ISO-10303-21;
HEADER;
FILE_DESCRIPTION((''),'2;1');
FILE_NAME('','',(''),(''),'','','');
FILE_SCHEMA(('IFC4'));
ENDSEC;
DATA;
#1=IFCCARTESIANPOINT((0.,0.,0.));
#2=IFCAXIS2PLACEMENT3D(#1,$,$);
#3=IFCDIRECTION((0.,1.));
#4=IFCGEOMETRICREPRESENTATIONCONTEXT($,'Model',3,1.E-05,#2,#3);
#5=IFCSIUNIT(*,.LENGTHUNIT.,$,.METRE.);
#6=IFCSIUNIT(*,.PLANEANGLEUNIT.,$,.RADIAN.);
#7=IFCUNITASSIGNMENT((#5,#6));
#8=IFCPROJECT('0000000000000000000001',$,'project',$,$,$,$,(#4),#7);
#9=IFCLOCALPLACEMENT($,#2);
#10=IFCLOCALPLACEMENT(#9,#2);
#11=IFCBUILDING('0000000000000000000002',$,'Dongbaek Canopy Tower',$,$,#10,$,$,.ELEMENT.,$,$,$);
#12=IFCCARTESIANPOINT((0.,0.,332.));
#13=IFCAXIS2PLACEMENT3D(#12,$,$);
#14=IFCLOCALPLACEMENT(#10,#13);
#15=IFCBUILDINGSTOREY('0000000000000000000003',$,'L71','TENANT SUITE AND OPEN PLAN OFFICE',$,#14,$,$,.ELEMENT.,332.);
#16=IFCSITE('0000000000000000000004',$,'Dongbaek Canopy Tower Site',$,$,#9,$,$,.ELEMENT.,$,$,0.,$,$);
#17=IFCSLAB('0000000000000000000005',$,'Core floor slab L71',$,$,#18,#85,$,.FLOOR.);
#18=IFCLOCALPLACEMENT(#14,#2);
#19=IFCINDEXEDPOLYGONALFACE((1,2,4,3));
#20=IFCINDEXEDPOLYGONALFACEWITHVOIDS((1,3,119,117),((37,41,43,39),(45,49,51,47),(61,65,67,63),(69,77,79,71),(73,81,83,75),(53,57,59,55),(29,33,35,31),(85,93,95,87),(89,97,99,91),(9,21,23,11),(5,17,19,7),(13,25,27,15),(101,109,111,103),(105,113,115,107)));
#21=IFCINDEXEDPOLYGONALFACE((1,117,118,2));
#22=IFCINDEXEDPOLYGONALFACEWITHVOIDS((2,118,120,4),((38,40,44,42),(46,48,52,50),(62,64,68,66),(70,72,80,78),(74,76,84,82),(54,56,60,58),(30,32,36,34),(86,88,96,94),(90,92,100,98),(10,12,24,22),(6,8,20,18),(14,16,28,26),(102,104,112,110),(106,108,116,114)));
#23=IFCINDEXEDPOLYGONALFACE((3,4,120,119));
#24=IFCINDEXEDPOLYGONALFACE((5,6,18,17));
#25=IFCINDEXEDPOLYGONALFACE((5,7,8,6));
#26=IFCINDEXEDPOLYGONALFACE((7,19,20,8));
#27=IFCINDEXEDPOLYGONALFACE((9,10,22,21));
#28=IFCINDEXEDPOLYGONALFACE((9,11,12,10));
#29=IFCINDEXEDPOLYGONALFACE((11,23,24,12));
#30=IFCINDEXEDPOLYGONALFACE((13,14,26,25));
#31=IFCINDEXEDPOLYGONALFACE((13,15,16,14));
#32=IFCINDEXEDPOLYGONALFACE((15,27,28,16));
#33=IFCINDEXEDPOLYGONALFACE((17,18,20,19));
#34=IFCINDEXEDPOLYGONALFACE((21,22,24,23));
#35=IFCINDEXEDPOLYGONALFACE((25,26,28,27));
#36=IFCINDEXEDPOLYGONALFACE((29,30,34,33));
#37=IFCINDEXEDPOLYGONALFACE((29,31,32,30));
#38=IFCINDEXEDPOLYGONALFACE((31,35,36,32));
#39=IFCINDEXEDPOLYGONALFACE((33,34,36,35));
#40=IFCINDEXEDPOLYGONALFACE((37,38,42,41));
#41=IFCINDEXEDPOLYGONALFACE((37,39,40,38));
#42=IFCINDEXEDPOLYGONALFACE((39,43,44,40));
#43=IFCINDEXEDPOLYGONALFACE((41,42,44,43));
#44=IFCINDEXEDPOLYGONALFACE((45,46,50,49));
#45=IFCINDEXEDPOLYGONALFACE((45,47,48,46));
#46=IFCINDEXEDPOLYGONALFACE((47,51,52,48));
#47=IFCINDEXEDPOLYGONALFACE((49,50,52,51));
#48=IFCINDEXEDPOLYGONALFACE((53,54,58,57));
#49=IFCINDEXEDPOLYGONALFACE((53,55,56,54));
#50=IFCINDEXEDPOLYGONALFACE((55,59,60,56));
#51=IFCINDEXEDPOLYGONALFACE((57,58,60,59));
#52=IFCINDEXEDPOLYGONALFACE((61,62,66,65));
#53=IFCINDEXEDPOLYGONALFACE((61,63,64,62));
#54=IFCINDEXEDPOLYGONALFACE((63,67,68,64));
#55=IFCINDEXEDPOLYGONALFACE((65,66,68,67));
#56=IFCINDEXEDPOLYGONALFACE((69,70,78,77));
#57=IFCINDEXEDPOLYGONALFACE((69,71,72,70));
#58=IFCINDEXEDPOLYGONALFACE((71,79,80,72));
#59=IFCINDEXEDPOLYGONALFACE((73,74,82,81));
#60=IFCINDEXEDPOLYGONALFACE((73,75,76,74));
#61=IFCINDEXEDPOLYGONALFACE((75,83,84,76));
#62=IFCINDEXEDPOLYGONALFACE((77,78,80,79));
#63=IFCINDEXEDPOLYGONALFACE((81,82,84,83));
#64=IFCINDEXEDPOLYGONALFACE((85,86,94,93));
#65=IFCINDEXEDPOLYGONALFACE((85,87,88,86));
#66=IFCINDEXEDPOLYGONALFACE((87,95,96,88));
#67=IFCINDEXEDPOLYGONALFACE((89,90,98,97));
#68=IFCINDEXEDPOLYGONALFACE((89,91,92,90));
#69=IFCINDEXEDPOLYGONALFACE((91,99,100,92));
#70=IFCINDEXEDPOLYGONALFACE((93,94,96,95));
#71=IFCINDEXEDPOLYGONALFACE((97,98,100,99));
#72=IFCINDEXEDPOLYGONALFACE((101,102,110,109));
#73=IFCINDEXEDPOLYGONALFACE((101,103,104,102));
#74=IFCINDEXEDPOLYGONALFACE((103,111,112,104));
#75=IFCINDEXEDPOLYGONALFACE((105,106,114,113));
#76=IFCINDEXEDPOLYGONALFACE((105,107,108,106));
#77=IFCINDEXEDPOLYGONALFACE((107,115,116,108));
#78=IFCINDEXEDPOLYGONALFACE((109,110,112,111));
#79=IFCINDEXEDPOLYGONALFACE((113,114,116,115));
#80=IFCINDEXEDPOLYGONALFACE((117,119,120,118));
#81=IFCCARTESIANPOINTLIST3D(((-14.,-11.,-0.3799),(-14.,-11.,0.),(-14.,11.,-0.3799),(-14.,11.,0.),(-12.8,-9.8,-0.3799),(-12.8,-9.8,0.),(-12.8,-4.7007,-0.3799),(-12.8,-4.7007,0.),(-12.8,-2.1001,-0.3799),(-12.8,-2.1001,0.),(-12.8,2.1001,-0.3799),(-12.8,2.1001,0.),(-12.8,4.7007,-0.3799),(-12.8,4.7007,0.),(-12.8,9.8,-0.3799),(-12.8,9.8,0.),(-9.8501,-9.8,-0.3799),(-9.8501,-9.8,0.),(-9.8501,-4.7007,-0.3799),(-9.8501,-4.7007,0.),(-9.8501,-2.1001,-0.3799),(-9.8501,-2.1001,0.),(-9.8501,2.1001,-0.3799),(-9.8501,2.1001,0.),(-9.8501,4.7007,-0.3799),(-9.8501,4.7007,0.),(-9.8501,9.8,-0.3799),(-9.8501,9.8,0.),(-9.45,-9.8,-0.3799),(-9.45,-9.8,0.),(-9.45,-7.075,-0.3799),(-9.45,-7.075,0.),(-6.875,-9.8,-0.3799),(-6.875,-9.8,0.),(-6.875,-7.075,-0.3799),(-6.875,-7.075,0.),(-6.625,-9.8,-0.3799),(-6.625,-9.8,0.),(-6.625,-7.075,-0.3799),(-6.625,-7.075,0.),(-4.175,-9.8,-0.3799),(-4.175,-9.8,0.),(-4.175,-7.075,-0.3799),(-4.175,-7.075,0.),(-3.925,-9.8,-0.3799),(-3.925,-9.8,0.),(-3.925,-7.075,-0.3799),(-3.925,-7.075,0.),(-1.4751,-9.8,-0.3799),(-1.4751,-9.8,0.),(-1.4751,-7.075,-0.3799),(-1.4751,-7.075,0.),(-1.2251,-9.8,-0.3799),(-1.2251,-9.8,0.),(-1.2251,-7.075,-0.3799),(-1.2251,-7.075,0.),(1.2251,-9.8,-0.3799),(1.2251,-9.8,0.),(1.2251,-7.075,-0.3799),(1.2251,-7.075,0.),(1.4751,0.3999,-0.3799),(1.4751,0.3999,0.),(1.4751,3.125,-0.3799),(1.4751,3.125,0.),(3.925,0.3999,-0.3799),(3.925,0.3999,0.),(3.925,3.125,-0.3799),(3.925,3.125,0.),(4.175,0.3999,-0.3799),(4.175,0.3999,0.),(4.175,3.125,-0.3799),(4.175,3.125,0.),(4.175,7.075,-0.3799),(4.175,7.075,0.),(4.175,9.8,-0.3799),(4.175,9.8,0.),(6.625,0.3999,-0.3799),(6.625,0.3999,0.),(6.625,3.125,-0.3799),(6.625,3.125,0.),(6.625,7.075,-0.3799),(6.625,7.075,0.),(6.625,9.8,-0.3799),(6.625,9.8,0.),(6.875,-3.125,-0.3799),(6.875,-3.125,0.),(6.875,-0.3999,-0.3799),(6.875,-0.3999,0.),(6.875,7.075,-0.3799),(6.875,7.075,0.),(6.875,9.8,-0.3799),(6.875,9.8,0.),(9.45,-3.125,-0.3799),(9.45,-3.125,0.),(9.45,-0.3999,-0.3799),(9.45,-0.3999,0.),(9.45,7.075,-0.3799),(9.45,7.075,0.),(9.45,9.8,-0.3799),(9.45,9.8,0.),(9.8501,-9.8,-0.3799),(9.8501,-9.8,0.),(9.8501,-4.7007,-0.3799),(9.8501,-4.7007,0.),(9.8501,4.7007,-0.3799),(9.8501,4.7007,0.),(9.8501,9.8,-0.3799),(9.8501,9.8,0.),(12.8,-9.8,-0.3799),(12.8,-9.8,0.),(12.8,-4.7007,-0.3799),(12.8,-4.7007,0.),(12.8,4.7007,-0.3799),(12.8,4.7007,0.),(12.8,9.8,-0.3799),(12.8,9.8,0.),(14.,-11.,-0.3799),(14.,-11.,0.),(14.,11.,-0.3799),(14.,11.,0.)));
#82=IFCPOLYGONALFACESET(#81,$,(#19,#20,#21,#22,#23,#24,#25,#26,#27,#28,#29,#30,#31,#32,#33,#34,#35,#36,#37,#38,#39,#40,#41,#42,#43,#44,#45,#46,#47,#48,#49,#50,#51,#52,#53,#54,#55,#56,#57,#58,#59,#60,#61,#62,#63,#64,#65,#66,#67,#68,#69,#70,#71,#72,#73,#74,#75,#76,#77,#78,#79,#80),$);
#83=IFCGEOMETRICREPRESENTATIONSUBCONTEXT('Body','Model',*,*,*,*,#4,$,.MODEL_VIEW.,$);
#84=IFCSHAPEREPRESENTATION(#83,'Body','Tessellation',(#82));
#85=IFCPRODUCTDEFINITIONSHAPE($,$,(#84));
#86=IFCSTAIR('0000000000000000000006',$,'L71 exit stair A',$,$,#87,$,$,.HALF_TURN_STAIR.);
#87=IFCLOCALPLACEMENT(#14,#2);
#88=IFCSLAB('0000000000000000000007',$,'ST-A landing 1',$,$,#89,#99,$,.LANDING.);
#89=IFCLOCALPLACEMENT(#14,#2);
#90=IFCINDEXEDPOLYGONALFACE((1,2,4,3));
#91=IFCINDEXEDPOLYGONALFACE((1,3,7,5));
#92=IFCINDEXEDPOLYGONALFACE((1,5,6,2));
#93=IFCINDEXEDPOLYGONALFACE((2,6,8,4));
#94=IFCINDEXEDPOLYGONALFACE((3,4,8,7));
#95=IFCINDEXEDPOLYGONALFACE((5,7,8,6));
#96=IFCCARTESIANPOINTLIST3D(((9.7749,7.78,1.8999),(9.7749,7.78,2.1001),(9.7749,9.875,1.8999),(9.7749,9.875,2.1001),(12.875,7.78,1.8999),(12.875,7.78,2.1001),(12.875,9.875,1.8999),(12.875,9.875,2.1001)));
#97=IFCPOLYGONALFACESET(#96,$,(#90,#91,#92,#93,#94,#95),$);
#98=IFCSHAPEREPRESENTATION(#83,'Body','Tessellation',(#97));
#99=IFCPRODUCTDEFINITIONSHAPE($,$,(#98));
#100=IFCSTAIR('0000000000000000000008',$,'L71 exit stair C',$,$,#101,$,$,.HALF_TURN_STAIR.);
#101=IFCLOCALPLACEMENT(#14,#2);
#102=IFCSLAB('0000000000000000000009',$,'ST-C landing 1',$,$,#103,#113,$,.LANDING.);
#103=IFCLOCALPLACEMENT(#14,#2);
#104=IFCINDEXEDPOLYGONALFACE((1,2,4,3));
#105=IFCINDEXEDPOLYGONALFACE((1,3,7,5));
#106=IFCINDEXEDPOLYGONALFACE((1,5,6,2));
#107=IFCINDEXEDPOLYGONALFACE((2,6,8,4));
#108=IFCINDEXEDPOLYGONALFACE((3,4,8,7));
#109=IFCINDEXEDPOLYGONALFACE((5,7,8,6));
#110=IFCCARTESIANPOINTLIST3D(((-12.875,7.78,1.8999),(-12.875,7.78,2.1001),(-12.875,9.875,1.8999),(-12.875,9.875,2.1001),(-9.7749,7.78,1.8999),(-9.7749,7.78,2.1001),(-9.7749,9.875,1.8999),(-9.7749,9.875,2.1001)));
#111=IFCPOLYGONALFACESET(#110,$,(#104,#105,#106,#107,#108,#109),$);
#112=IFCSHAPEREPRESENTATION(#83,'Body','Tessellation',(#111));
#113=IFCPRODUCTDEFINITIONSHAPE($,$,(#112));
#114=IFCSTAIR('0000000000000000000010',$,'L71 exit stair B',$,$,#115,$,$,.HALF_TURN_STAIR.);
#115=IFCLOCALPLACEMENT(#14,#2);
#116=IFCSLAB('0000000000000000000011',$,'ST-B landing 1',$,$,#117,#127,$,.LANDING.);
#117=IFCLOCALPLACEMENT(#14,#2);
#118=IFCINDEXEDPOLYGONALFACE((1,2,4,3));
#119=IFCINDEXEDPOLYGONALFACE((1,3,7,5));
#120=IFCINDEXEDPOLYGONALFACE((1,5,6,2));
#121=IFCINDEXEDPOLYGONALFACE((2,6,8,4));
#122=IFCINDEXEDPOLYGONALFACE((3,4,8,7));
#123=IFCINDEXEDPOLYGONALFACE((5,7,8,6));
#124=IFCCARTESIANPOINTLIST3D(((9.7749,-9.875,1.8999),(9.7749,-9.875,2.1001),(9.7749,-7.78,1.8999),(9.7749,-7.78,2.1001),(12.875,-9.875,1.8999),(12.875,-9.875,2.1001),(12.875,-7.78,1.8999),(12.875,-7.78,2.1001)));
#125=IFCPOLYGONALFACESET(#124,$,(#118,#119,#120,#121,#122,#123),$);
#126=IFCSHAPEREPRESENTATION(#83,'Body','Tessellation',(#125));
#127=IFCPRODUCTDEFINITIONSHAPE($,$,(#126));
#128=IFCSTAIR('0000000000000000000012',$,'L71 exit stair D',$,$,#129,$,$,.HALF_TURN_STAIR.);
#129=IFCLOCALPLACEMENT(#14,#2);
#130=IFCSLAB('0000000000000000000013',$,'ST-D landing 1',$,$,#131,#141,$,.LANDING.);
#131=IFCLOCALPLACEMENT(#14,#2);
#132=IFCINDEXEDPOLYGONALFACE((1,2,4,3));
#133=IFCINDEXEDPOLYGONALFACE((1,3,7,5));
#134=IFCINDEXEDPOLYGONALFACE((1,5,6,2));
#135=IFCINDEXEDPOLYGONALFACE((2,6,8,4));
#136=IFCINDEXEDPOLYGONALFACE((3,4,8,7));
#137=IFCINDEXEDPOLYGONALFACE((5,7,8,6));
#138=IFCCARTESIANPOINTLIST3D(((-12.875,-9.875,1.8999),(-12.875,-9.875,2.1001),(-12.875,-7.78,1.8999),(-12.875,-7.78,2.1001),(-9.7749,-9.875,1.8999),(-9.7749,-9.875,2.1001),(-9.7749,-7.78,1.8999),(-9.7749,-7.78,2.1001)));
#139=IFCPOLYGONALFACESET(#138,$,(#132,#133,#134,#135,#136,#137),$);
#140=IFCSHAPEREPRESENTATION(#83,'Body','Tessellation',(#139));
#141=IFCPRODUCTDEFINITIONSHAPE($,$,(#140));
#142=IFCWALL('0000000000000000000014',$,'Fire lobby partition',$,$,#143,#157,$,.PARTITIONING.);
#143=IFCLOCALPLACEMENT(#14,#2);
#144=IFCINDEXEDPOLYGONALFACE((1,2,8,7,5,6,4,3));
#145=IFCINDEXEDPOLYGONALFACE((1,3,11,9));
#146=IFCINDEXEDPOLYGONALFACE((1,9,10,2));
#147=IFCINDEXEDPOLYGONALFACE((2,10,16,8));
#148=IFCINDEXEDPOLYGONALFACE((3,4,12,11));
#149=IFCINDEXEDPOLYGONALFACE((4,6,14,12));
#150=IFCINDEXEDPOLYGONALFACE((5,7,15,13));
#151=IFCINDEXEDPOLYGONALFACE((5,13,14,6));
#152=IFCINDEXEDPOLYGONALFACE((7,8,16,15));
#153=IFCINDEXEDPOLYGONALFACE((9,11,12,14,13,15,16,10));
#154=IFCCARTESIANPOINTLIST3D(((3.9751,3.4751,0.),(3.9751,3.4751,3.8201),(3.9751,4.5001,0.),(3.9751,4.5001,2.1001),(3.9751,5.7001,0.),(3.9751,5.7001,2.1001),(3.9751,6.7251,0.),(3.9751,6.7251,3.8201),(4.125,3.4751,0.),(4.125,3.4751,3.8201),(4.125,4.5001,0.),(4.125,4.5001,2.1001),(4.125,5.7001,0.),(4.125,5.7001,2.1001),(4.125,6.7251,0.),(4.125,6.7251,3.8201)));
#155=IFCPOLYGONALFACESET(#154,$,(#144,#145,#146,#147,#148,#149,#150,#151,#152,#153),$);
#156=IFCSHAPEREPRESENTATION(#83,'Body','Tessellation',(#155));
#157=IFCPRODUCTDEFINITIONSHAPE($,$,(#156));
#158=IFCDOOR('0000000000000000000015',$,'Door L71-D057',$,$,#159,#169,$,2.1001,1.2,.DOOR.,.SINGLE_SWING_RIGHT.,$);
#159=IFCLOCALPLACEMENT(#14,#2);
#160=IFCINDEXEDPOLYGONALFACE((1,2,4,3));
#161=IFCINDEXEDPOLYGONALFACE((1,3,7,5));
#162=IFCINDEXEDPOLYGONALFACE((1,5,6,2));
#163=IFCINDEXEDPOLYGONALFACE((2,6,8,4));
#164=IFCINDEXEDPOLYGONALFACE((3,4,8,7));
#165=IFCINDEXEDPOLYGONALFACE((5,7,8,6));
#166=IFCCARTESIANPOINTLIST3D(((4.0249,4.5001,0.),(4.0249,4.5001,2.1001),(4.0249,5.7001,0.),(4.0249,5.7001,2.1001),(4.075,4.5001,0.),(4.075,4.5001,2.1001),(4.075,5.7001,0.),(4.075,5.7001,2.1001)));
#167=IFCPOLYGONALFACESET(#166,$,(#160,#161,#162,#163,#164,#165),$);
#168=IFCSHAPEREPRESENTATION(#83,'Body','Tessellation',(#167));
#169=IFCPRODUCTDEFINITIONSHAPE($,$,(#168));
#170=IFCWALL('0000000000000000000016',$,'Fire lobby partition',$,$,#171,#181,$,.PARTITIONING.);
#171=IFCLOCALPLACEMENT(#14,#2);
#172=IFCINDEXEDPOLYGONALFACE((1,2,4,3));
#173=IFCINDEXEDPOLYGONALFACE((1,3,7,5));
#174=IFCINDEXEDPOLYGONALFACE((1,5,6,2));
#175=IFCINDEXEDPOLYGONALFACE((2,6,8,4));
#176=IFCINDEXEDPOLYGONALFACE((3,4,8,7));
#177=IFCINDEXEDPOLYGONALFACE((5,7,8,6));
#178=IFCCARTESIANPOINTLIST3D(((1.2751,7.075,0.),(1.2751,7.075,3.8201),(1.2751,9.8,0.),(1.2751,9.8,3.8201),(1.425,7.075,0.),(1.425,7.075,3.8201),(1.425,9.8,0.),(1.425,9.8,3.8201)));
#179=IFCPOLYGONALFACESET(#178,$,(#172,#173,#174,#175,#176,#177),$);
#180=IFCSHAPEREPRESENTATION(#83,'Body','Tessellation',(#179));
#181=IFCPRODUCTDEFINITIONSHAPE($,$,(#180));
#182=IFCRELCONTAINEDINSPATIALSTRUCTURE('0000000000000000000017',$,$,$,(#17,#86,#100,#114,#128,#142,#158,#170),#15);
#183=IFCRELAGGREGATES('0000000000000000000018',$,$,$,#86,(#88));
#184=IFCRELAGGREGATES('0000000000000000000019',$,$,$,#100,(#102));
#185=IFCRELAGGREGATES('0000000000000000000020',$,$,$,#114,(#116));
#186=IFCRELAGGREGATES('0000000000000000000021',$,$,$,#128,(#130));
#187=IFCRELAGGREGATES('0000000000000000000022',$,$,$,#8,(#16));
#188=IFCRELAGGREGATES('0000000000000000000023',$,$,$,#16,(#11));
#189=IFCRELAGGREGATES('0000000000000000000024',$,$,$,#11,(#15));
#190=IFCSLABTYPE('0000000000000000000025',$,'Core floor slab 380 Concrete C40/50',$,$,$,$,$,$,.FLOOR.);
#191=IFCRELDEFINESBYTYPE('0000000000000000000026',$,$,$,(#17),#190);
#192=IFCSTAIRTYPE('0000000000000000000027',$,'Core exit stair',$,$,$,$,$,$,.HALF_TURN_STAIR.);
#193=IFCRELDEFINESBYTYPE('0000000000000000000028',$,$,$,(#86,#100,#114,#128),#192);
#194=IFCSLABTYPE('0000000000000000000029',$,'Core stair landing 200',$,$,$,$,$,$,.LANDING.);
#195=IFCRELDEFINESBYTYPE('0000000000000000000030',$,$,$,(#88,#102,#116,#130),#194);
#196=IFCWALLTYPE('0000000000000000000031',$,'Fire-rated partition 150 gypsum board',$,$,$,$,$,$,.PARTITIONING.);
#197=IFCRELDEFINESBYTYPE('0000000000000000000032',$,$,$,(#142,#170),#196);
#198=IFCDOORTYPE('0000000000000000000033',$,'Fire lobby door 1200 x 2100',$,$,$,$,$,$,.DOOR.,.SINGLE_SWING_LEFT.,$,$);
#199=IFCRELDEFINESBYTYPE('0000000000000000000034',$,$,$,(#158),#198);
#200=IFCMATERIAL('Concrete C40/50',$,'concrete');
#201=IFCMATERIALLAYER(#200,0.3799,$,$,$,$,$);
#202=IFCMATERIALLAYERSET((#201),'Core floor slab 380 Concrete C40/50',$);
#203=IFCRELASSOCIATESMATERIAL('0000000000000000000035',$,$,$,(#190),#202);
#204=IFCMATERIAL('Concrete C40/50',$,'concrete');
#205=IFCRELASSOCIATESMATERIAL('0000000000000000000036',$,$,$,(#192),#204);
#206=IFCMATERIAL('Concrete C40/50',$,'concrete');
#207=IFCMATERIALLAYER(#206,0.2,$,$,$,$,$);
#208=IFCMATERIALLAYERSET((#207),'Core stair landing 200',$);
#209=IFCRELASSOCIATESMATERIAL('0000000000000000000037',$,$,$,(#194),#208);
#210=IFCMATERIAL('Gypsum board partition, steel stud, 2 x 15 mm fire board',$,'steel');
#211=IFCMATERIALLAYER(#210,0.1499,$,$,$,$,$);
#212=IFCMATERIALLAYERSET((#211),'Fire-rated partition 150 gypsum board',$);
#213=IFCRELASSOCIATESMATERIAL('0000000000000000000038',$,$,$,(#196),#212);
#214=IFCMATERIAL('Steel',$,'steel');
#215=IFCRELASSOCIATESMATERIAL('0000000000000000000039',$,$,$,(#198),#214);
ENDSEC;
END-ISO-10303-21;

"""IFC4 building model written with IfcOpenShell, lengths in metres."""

from ifc_helpers import new_model, si_unit, direction, frame, frame_2d, origin, place, context, subcontext, project, spatial, polyline, rectangle, outline, extrude, material, layer, layer_set, type_object, element, fill, aggregate, save


model = new_model("IFC4")

# Units and contexts
model_context = context("Model", 3, precision=1e-05, world=origin(), true_north=direction((0.0, 1.0)))
body_context = subcontext(model_context, "Body", "Model", "MODEL_VIEW")
ifc_project = project(units=[si_unit("LENGTHUNIT", "METRE"), si_unit("PLANEANGLEUNIT", "RADIAN")], contexts=[model_context])

# Site, building, storey
site_placement = place(None, origin())
site = spatial("IfcSite", under=ifc_project, at=site_placement, Name="Dongbaek Canopy Tower Site", CompositionType="ELEMENT", RefElevation=0.0)
building_placement = place(site_placement, origin())
building = spatial("IfcBuilding", under=site, at=building_placement, Name="Dongbaek Canopy Tower", CompositionType="ELEMENT")
storey_placement = place(building_placement, frame((0.0, 0.0, 332.0)))
storey = spatial("IfcBuildingStorey", under=building, at=storey_placement, Name="L71", Description="TENANT SUITE AND OPEN PLAN OFFICE", CompositionType="ELEMENT", Elevation=332.0)

# Slab
ifc_material_1 = material(Name="Concrete C40/50", Category="concrete")
ifc_layer_1 = layer(ifc_material_1, 0.3799)
ifc_layer_set_1 = layer_set([ifc_layer_1], Name="Core floor slab 380 Concrete C40/50")
slab_type_1 = type_object("IfcSlabType", Name="Core floor slab 380 Concrete C40/50", PredefinedType="FLOOR", material=ifc_layer_set_1)
slab_1_placement = place(storey_placement, frame((0.0, 0.0, -0.3799)))
element("IfcSlab", 1, at=slab_1_placement, inside=storey, type_object=slab_type_1, Name="Core floor slab L71", PredefinedType="FLOOR", context=body_context, shape_type="SweptSolid", body=[
    extrude(outline(polyline([(14.0, -11.0), (14.0, 11.0), (-14.0, 11.0), (-14.0, -11.0), (14.0, -11.0)]), holes=[polyline([(-12.8, 2.1001), (-9.8501, 2.1001), (-9.8501, -2.1001), (-12.8, -2.1001), (-12.8, 2.1001)]), polyline([(6.625, 9.8), (6.625, 7.075), (4.175, 7.075), (4.175, 9.8), (6.625, 9.8)]), polyline([(9.45, 7.075), (6.875, 7.075), (6.875, 9.8), (9.45, 9.8), (9.45, 7.075)]), polyline([(1.4751, 0.3999), (1.4751, 3.125), (3.925, 3.125), (3.925, 0.3999), (1.4751, 0.3999)]), polyline([(4.175, 0.3999), (4.175, 3.125), (6.625, 3.125), (6.625, 0.3999), (4.175, 0.3999)]), polyline([(9.45, -3.125), (6.875, -3.125), (6.875, -0.3999), (9.45, -0.3999), (9.45, -3.125)]), polyline([(-9.45, -7.075), (-6.875, -7.075), (-6.875, -9.8), (-9.45, -9.8), (-9.45, -7.075)]), polyline([(-6.625, -9.8), (-6.625, -7.075), (-4.175, -7.075), (-4.175, -9.8), (-6.625, -9.8)]), polyline([(-3.925, -9.8), (-3.925, -7.075), (-1.4751, -7.075), (-1.4751, -9.8), (-3.925, -9.8)]), polyline([(-1.2251, -9.8), (-1.2251, -7.075), (1.2251, -7.075), (1.2251, -9.8), (-1.2251, -9.8)]), polyline([(12.8, 4.7007), (12.8, 9.8), (9.8501, 9.8), (9.8501, 4.7007), (12.8, 4.7007)]), polyline([(-9.8501, 4.7007), (-9.8501, 9.8), (-12.8, 9.8), (-12.8, 4.7007), (-9.8501, 4.7007)]), polyline([(9.8501, -4.7007), (9.8501, -9.8), (12.8, -9.8), (12.8, -4.7007), (9.8501, -4.7007)]), polyline([(-12.8, -4.7007), (-12.8, -9.8), (-9.8501, -9.8), (-9.8501, -4.7007), (-12.8, -4.7007)])]), origin(), (0.0, 0.0, 1.0), 0.3799),
])

# Stairs, slabs
ifc_material_2 = material(Name="Concrete C40/50", Category="concrete")
stair_type = type_object("IfcStairType", Name="Core exit stair", PredefinedType="HALF_TURN_STAIR", material=ifc_material_2)
stair_1_placement = place(storey_placement, origin())
stair_1 = element("IfcStair", 2, at=stair_1_placement, inside=storey, type_object=stair_type, Name="L71 exit stair A", PredefinedType="HALF_TURN_STAIR")
ifc_material_3 = material(Name="Concrete C40/50", Category="concrete")
ifc_layer_2 = layer(ifc_material_3, 0.2)
ifc_layer_set_2 = layer_set([ifc_layer_2], Name="Core stair landing 200")
slab_type_2 = type_object("IfcSlabType", Name="Core stair landing 200", PredefinedType="LANDING", material=ifc_layer_set_2)
slab_2_placement = place(storey_placement, frame((0.0, 0.0, 1.8999)))
slab_2 = element("IfcSlab", 3, at=slab_2_placement, type_object=slab_type_2, Name="ST-A landing 1", PredefinedType="LANDING", context=body_context, shape_type="SweptSolid", body=[
    extrude(outline(polyline([(12.875, 7.78), (12.875, 9.875), (9.7749, 9.875), (9.7749, 7.78), (12.875, 7.78)])), origin(), (0.0, 0.0, 1.0), 0.2002),
])
aggregate(stair_1, [slab_2])
stair_2_placement = place(storey_placement, origin())
stair_2 = element("IfcStair", 4, at=stair_2_placement, inside=storey, type_object=stair_type, Name="L71 exit stair C", PredefinedType="HALF_TURN_STAIR")
slab_3_placement = place(storey_placement, frame((0.0, 0.0, 1.8999)))
slab_3 = element("IfcSlab", 5, at=slab_3_placement, type_object=slab_type_2, Name="ST-C landing 1", PredefinedType="LANDING", context=body_context, shape_type="SweptSolid", body=[
    extrude(outline(polyline([(-9.7749, 7.78), (-9.7749, 9.875), (-12.875, 9.875), (-12.875, 7.78), (-9.7749, 7.78)])), origin(), (0.0, 0.0, 1.0), 0.2002),
])
aggregate(stair_2, [slab_3])
stair_3_placement = place(storey_placement, origin())
stair_3 = element("IfcStair", 6, at=stair_3_placement, inside=storey, type_object=stair_type, Name="L71 exit stair B", PredefinedType="HALF_TURN_STAIR")
slab_4_placement = place(storey_placement, frame((0.0, 0.0, 1.8999)))
slab_4 = element("IfcSlab", 7, at=slab_4_placement, type_object=slab_type_2, Name="ST-B landing 1", PredefinedType="LANDING", context=body_context, shape_type="SweptSolid", body=[
    extrude(outline(polyline([(9.7749, -7.78), (9.7749, -9.875), (12.875, -9.875), (12.875, -7.78), (9.7749, -7.78)])), origin(), (0.0, 0.0, 1.0), 0.2002),
])
aggregate(stair_3, [slab_4])
stair_4_placement = place(storey_placement, origin())
stair_4 = element("IfcStair", 8, at=stair_4_placement, inside=storey, type_object=stair_type, Name="L71 exit stair D", PredefinedType="HALF_TURN_STAIR")
slab_5_placement = place(storey_placement, frame((0.0, 0.0, 1.8999)))
slab_5 = element("IfcSlab", 9, at=slab_5_placement, type_object=slab_type_2, Name="ST-D landing 1", PredefinedType="LANDING", context=body_context, shape_type="SweptSolid", body=[
    extrude(outline(polyline([(-12.875, -7.78), (-12.875, -9.875), (-9.7749, -9.875), (-9.7749, -7.78), (-12.875, -7.78)])), origin(), (0.0, 0.0, 1.0), 0.2002),
])
aggregate(stair_4, [slab_5])

# Wall, opening, door
ifc_material_4 = material(Name="Gypsum board partition, steel stud, 2 x 15 mm fire board", Category="steel")
ifc_layer_3 = layer(ifc_material_4, 0.1499)
ifc_layer_set_3 = layer_set([ifc_layer_3], Name="Fire-rated partition 150 gypsum board")
wall_type_1 = type_object("IfcWallType", Name="Fire-rated partition 150 gypsum board", PredefinedType="PARTITIONING", material=ifc_layer_set_3)
wall_1_placement = place(storey_placement, frame((4.05, 6.7251, 0.0), z_axis=(0.0, 0.0, 1.0), x_axis=(0.0, -1.0, 0.0)))
wall_1 = element("IfcWall", 10, at=wall_1_placement, inside=storey, type_object=wall_type_1, Name="Fire lobby partition", PredefinedType="PARTITIONING", context=body_context, shape_type="SweptSolid", body=[
    extrude(rectangle(XDim=3.25, YDim=0.1499, at=frame_2d((1.625, 0.0))), origin(), (0.0, 0.0, 1.0), 3.8201),
])
opening_1_placement = place(wall_1_placement, frame((1.0249, 0.0, 0.0)))
opening_1 = element("IfcOpeningElement", 11, at=opening_1_placement, cuts=wall_1, PredefinedType="OPENING", context=body_context, shape_type="SweptSolid", body=[
    extrude(rectangle(XDim=1.2, YDim=2.1001, at=frame_2d((0.6001, 1.05))), frame((0.0, 0.085, 0.0), z_axis=(0.0, -1.0, 0.0), x_axis=(1.0, 0.0, 0.0)), (0.0, 0.0, 1.0), 0.1699),
])
ifc_material_5 = material(Name="Steel", Category="steel")
door_type = type_object("IfcDoorType", Name="Fire lobby door 1200 x 2100", OperationType="SINGLE_SWING_LEFT", PredefinedType="DOOR", material=ifc_material_5)
door_1_placement = place(opening_1_placement, origin())
door_1 = element("IfcDoor", 12, at=door_1_placement, inside=storey, type_object=door_type, Name="Door L71-D057", OperationType="SINGLE_SWING_RIGHT", OverallHeight=2.1001, OverallWidth=1.2, PredefinedType="DOOR", context=body_context, shape_type="SweptSolid", body=[
    extrude(rectangle(XDim=1.2, YDim=2.1001, at=frame_2d((0.6001, 1.05))), frame((0.0, 0.0249, 0.0), z_axis=(0.0, -1.0, 0.0), x_axis=(1.0, 0.0, 0.0)), (0.0, 0.0, 1.0), 0.05),
])
fill(opening_1, door_1)

# Wall
wall_2_placement = place(storey_placement, frame((1.3501, 7.075, 0.0), z_axis=(0.0, 0.0, 1.0), x_axis=(0.0, 1.0, 0.0)))
element("IfcWall", 13, at=wall_2_placement, inside=storey, type_object=wall_type_1, Name="Fire lobby partition", PredefinedType="PARTITIONING", context=body_context, shape_type="SweptSolid", body=[
    extrude(rectangle(XDim=2.7251, YDim=0.1499, at=frame_2d((1.3625, 0.0))), origin(), (0.0, 0.0, 1.0), 3.8201),
])

save(model, "model.ifc")
